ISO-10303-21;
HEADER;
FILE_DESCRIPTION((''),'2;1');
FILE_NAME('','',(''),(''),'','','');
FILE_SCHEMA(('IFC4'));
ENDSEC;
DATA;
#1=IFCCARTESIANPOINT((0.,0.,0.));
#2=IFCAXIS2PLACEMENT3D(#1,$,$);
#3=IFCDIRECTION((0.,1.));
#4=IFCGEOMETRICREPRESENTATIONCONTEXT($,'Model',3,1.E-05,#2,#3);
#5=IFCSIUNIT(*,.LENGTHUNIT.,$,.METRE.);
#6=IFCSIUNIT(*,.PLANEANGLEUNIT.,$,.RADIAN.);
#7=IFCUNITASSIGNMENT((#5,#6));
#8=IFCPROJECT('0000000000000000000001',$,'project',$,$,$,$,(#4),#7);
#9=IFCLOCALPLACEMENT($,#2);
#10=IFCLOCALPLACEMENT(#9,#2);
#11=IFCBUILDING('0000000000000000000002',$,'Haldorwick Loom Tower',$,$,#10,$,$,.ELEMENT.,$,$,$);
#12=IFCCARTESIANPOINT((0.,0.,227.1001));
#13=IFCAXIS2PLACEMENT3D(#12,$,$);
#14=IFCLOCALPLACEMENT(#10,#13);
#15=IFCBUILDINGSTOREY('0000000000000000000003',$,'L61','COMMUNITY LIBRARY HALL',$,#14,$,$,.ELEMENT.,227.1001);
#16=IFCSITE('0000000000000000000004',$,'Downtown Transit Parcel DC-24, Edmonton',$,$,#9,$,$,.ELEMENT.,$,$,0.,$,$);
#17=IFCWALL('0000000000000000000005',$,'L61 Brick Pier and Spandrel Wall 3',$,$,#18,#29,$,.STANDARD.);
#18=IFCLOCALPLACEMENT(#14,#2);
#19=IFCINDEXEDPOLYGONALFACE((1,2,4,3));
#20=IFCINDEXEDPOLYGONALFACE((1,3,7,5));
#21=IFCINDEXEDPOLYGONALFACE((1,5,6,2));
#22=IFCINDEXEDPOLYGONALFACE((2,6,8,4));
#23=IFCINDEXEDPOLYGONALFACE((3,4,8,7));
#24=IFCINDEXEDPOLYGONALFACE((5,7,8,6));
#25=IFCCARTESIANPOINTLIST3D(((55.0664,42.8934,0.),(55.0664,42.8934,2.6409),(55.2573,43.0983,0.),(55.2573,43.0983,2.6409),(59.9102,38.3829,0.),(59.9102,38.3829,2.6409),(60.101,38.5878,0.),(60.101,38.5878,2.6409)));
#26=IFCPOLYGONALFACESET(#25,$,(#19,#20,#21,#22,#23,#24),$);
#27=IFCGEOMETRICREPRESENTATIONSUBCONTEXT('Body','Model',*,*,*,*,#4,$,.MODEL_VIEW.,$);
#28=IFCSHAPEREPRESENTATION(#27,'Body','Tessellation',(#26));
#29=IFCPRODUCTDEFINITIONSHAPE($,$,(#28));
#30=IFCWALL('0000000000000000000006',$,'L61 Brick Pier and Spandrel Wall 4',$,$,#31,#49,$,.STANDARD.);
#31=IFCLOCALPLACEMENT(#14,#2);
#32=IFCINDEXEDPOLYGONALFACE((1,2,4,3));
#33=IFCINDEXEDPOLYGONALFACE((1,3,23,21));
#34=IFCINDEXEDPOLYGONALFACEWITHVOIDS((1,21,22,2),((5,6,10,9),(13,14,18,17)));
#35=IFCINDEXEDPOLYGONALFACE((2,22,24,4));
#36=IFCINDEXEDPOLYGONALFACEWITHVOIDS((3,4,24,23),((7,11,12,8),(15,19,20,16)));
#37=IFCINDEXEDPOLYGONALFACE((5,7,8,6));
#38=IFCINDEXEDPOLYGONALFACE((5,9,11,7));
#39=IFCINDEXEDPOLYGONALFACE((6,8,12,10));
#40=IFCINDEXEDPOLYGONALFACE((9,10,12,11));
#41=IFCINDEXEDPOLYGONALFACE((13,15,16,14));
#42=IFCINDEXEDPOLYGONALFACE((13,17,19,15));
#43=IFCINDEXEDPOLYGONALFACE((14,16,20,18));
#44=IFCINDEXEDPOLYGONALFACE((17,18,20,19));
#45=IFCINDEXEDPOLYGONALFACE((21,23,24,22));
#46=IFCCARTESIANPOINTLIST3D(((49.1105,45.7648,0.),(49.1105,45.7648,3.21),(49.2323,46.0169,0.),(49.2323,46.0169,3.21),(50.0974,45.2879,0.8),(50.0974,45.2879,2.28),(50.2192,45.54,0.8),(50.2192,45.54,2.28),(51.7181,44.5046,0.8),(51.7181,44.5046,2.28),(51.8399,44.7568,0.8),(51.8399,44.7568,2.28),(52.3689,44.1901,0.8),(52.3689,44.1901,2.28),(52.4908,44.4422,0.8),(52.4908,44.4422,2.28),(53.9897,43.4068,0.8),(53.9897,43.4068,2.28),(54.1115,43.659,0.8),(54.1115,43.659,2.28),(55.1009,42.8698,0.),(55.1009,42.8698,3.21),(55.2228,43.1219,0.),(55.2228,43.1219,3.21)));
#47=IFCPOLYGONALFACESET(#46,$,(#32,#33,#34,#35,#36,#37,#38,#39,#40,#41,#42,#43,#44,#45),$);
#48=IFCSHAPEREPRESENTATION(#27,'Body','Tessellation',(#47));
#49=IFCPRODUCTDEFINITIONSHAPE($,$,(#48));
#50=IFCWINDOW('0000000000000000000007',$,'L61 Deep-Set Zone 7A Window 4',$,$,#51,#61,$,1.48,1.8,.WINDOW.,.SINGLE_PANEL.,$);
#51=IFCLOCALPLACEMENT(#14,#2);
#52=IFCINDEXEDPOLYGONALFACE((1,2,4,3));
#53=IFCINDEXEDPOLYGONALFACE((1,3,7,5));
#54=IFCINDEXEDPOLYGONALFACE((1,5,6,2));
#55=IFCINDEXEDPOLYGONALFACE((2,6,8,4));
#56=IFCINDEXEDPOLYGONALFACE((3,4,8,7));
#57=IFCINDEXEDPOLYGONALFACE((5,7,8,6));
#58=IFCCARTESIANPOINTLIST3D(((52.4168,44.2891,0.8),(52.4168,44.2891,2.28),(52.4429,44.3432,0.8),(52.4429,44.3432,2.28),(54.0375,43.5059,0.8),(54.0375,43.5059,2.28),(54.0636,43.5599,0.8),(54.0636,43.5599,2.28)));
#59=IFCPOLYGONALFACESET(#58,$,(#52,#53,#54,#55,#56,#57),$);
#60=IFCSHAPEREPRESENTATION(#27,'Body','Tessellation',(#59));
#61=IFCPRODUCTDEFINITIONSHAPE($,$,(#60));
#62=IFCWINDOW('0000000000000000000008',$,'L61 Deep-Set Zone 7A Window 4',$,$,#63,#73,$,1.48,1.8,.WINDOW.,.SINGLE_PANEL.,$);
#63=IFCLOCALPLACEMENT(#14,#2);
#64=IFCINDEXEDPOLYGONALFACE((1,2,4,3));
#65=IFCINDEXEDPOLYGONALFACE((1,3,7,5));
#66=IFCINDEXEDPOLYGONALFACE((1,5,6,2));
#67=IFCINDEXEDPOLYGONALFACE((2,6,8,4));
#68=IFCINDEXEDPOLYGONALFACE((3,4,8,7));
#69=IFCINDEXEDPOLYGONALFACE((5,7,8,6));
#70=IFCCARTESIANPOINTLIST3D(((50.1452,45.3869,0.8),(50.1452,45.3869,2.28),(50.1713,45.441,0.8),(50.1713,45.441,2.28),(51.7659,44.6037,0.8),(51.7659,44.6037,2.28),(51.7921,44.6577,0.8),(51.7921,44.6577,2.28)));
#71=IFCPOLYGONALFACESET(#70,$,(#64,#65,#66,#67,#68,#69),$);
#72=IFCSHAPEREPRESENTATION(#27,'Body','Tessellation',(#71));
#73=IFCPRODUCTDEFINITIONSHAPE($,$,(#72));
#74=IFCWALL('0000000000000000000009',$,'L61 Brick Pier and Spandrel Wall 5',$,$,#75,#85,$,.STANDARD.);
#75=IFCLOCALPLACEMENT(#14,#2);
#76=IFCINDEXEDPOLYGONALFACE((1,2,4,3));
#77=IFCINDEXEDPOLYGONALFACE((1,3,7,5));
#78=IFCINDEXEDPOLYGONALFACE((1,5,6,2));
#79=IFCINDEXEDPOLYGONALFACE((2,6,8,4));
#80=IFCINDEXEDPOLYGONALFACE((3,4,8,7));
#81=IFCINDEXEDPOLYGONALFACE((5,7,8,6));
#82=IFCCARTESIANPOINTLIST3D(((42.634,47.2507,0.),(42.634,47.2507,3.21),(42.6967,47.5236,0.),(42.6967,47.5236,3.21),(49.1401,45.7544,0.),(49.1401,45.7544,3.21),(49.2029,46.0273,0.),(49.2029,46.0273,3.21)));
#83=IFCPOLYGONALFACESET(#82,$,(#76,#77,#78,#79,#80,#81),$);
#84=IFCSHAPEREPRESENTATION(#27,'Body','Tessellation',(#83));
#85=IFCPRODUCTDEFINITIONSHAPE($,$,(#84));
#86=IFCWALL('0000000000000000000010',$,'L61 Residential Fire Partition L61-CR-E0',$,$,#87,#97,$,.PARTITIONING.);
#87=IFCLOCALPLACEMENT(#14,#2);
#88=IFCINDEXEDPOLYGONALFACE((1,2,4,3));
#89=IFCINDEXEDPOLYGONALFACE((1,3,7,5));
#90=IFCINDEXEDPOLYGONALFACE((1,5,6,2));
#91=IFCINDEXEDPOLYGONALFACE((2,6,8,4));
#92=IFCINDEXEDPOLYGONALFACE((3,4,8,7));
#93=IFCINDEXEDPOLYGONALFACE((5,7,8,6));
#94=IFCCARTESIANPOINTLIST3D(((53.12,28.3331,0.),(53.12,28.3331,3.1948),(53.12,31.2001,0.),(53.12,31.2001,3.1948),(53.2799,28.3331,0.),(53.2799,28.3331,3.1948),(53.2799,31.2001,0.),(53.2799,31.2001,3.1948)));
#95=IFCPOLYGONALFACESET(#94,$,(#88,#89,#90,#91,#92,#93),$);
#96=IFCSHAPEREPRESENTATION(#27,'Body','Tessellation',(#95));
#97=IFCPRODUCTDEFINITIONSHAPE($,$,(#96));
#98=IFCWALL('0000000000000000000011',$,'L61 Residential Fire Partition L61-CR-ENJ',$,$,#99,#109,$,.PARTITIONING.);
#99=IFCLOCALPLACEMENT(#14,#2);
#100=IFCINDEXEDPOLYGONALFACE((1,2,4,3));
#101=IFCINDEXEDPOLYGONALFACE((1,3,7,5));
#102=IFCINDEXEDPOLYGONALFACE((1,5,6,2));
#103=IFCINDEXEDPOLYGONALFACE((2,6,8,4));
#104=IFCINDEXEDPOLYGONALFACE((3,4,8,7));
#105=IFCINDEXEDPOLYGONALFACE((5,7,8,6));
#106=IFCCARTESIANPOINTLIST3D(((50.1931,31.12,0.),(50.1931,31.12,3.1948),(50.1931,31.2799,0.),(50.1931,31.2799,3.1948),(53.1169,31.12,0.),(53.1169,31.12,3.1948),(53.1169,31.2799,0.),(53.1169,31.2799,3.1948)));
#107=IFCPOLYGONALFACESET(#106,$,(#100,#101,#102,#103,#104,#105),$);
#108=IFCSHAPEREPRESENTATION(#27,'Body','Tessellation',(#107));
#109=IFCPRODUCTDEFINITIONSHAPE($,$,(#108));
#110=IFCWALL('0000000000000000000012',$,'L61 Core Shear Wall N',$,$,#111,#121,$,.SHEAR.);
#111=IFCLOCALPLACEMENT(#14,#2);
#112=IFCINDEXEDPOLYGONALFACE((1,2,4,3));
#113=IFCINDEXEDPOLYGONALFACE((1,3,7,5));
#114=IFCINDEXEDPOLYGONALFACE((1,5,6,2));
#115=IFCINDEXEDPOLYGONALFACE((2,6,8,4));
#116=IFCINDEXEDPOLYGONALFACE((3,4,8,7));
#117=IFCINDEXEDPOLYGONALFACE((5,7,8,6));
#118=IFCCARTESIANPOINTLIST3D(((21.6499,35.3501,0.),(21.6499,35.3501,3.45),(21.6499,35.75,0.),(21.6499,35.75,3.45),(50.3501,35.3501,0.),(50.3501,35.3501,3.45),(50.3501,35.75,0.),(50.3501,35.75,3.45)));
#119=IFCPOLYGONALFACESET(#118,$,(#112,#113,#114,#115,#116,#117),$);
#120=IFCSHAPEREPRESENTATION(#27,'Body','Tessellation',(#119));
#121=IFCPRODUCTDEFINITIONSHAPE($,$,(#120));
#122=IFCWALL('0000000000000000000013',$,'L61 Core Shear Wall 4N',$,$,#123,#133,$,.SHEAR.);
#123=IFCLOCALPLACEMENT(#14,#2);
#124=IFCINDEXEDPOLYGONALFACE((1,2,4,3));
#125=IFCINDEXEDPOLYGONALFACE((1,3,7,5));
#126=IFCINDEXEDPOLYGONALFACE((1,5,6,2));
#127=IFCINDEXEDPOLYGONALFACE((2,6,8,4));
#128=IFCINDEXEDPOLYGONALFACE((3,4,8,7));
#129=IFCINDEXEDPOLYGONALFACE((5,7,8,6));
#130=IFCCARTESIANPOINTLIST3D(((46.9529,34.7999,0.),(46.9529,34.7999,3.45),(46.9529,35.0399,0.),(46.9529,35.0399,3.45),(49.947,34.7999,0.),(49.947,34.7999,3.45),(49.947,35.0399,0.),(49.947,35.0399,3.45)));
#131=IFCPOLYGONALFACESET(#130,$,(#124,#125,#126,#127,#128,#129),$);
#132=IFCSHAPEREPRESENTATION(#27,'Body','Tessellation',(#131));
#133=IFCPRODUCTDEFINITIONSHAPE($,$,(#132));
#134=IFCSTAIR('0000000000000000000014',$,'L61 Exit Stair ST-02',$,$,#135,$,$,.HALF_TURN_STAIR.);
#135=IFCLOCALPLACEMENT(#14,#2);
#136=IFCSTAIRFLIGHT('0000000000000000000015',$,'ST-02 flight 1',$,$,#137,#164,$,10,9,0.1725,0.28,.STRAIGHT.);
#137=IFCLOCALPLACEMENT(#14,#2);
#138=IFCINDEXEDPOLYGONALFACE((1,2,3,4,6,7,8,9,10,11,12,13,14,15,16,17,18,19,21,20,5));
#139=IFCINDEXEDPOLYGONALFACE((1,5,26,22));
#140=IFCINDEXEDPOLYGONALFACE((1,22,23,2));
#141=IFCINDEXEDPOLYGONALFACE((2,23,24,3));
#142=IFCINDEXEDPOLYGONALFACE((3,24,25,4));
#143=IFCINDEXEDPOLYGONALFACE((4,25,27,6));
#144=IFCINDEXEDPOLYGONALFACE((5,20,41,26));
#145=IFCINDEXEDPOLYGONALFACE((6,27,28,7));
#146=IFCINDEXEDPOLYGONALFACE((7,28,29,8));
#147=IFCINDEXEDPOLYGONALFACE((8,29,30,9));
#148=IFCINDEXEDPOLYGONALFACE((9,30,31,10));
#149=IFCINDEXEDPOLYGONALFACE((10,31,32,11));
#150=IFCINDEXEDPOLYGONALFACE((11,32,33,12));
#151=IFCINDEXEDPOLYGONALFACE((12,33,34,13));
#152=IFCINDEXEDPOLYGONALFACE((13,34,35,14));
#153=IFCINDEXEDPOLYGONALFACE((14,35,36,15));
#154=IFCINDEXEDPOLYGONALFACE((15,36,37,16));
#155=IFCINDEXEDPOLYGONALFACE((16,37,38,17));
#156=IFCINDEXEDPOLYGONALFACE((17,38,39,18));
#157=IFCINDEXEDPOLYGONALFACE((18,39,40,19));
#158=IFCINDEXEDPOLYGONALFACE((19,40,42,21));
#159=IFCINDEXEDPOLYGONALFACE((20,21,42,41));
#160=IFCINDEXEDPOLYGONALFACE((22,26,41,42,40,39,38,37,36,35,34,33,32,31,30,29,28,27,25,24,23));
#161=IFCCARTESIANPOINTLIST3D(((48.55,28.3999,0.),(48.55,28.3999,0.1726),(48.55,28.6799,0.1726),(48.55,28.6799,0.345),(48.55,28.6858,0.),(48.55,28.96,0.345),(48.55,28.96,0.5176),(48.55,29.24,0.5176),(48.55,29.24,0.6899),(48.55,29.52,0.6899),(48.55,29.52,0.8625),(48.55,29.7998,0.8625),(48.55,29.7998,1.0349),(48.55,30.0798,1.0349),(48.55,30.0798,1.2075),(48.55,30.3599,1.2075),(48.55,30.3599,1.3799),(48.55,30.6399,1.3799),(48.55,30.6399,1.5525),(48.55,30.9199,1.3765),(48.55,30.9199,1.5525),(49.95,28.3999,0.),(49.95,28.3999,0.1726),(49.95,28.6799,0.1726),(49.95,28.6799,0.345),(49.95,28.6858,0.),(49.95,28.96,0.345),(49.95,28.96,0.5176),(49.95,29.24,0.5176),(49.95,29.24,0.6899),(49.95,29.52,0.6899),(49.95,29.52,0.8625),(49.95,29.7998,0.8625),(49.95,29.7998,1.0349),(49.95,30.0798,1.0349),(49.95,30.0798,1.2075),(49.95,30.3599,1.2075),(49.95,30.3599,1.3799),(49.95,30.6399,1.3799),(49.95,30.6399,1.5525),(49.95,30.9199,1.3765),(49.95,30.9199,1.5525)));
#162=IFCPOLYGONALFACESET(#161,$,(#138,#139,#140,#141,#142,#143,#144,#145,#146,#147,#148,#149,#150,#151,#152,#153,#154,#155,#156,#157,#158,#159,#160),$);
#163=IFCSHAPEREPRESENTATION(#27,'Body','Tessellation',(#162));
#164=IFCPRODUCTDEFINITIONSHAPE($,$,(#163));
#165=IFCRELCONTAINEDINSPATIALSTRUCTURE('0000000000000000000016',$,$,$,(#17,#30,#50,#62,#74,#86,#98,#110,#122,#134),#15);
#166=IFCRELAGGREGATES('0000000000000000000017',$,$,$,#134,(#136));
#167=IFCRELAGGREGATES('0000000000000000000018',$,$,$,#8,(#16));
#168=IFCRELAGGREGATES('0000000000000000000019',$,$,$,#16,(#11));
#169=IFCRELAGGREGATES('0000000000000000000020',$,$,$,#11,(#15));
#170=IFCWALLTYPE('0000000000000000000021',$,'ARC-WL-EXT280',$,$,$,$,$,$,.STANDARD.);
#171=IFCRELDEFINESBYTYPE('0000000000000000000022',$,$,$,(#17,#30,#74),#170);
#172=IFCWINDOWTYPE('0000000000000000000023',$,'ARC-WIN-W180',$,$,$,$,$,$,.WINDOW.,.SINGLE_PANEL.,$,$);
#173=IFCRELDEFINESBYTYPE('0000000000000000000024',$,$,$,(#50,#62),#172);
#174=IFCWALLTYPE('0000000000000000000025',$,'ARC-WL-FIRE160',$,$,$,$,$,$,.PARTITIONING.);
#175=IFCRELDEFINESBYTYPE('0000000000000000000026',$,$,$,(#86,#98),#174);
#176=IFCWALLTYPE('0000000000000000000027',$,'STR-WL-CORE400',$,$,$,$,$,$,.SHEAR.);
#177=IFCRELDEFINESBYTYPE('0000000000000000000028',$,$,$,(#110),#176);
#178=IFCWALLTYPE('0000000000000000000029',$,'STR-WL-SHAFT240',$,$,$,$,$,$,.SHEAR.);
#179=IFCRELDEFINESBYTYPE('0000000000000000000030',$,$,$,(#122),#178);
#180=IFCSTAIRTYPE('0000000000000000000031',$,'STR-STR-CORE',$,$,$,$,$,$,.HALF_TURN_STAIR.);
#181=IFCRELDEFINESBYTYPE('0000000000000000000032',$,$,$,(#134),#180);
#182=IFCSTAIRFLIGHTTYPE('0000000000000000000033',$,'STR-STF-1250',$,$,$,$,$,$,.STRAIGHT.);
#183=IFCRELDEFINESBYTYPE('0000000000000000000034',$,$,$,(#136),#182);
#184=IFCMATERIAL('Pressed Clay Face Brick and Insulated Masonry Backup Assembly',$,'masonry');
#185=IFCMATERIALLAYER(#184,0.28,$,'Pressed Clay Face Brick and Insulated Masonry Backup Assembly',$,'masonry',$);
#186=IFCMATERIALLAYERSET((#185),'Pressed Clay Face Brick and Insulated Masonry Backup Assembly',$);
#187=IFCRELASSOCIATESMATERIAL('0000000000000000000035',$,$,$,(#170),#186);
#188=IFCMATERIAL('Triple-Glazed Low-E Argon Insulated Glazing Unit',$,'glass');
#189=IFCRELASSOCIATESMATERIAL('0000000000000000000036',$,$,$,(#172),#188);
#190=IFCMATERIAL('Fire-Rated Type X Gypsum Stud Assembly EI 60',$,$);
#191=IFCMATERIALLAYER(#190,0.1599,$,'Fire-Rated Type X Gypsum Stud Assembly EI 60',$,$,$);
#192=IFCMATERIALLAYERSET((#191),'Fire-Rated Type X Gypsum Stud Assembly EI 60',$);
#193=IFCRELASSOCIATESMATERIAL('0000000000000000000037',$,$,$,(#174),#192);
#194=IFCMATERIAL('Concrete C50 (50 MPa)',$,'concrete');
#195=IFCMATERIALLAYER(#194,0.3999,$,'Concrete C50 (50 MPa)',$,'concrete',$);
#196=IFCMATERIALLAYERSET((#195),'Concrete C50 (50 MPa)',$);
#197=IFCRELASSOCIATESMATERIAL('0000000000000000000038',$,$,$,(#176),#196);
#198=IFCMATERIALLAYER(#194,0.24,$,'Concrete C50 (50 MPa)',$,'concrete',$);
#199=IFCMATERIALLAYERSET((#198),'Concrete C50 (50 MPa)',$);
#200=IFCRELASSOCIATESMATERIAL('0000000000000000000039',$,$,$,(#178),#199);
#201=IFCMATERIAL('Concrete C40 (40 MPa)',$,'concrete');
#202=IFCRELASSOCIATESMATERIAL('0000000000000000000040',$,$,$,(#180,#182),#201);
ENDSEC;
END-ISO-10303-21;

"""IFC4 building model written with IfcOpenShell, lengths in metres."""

from ifc_helpers import new_model, si_unit, direction, frame, frame_2d, origin, place, context, subcontext, project, spatial, polyline, rectangle, outline, extrude, material, layer, layer_set, type_object, element, fill, aggregate, save


model = new_model("IFC4")

# Units and contexts
model_context = context("Model", 3, precision=1e-05, world=origin(), true_north=direction((0.0, 1.0)))
body_context = subcontext(model_context, "Body", "Model", "MODEL_VIEW")
ifc_project = project(units=[si_unit("LENGTHUNIT", "METRE"), si_unit("PLANEANGLEUNIT", "RADIAN")], contexts=[model_context])

# Site, building, storey
site_placement = place(None, origin())
site = spatial("IfcSite", under=ifc_project, at=site_placement, Name="Downtown Transit Parcel DC-24, Edmonton", CompositionType="ELEMENT", RefElevation=0.0)
building_placement = place(site_placement, origin())
building = spatial("IfcBuilding", under=site, at=building_placement, Name="Haldorwick Loom Tower", CompositionType="ELEMENT")
storey_placement = place(building_placement, frame((0.0, 0.0, 227.1001)))
storey = spatial("IfcBuildingStorey", under=building, at=storey_placement, Name="L61", Description="COMMUNITY LIBRARY HALL", CompositionType="ELEMENT", Elevation=227.1001)

# Wall
ifc_material_1 = material(Name="Pressed Clay Face Brick and Insulated Masonry Backup Assembly", Category="masonry")
ifc_layer_1 = layer(ifc_material_1, 0.28, Name="Pressed Clay Face Brick and Insulated Masonry Backup Assembly", Category="masonry")
ifc_layer_set_1 = layer_set([ifc_layer_1], Name="Pressed Clay Face Brick and Insulated Masonry Backup Assembly")
wall_type_1 = type_object("IfcWallType", Name="ARC-WL-EXT280", PredefinedType="STANDARD", material=ifc_layer_set_1)
wall_1_placement = place(storey_placement, frame((60.0056, 38.4854, 0.0), z_axis=(0.0, 0.0, 1.0), x_axis=(-0.731834, 0.681483, 0.0)))
element("IfcWall", 1, at=wall_1_placement, inside=storey, type_object=wall_type_1, Name="L61 Brick Pier and Spandrel Wall 3", PredefinedType="STANDARD", context=body_context, shape_type="SweptSolid", body=[
    extrude(rectangle(XDim=6.6187, YDim=0.28, at=frame_2d((3.3093, 0.0))), origin(), (0.0, 0.0, 1.0), 2.6409),
])

# Wall, openings, windows
wall_2_placement = place(storey_placement, frame((55.1619, 42.9958, 0.0), z_axis=(0.0, 0.0, 1.0), x_axis=(-0.900371, 0.435123, 0.0)))
wall_2 = element("IfcWall", 2, at=wall_2_placement, inside=storey, type_object=wall_type_1, Name="L61 Brick Pier and Spandrel Wall 4", PredefinedType="STANDARD", context=body_context, shape_type="SweptSolid", body=[
    extrude(rectangle(XDim=6.6533, YDim=0.28, at=frame_2d((3.3267, 0.0))), origin(), (0.0, 0.0, 1.0), 3.21),
])
opening_1_placement = place(wall_2_placement, frame((1.2344, 0.0, 0.8)))
opening_1 = element("IfcOpeningElement", 3, at=opening_1_placement, cuts=wall_2, PredefinedType="OPENING", context=body_context, shape_type="SweptSolid", body=[
    extrude(rectangle(XDim=1.8, YDim=1.48, at=frame_2d((0.8999, 0.74))), frame((0.0, 0.1499, 0.0), z_axis=(0.0, -1.0, 0.0), x_axis=(1.0, 0.0, 0.0)), (0.0, 0.0, 1.0), 0.3),
])
opening_2_placement = place(wall_2_placement, frame((3.7573, 0.0, 0.8)))
opening_2 = element("IfcOpeningElement", 4, at=opening_2_placement, cuts=wall_2, PredefinedType="OPENING", context=body_context, shape_type="SweptSolid", body=[
    extrude(rectangle(XDim=1.8, YDim=1.48, at=frame_2d((0.8999, 0.74))), frame((0.0, 0.1499, 0.0), z_axis=(0.0, -1.0, 0.0), x_axis=(1.0, 0.0, 0.0)), (0.0, 0.0, 1.0), 0.3),
])
ifc_material_2 = material(Name="Triple-Glazed Low-E Argon Insulated Glazing Unit", Category="glass")
window_type = type_object("IfcWindowType", Name="ARC-WIN-W180", PartitioningType="SINGLE_PANEL", PredefinedType="WINDOW", material=ifc_material_2)
window_1_placement = place(opening_1_placement, origin())
window_1 = element("IfcWindow", 5, at=window_1_placement, inside=storey, type_object=window_type, Name="L61 Deep-Set Zone 7A Window 4", OverallHeight=1.48, OverallWidth=1.8, PartitioningType="SINGLE_PANEL", PredefinedType="WINDOW", context=body_context, shape_type="SweptSolid", body=[
    extrude(rectangle(XDim=1.8, YDim=1.48, at=frame_2d((0.8999, 0.74))), frame((0.0, 0.03, 0.0), z_axis=(0.0, -1.0, 0.0), x_axis=(1.0, 0.0, 0.0)), (0.0, 0.0, 1.0), 0.0601),
])
fill(opening_1, window_1)
window_2_placement = place(opening_2_placement, origin())
window_2 = element("IfcWindow", 6, at=window_2_placement, inside=storey, type_object=window_type, Name="L61 Deep-Set Zone 7A Window 4", OverallHeight=1.48, OverallWidth=1.8, PartitioningType="SINGLE_PANEL", PredefinedType="WINDOW", context=body_context, shape_type="SweptSolid", body=[
    extrude(rectangle(XDim=1.8, YDim=1.48, at=frame_2d((0.8999, 0.74))), frame((0.0, 0.03, 0.0), z_axis=(0.0, -1.0, 0.0), x_axis=(1.0, 0.0, 0.0)), (0.0, 0.0, 1.0), 0.0601),
])
fill(opening_2, window_2)

# Walls
wall_3_placement = place(storey_placement, frame((49.1714, 45.8909, 0.0), z_axis=(0.0, 0.0, 1.0), x_axis=(-0.974557, 0.224138, 0.0)))
element("IfcWall", 7, at=wall_3_placement, inside=storey, type_object=wall_type_1, Name="L61 Brick Pier and Spandrel Wall 5", PredefinedType="STANDARD", context=body_context, shape_type="SweptSolid", body=[
    extrude(rectangle(XDim=6.676, YDim=0.28, at=frame_2d((3.3379, 0.0))), origin(), (0.0, 0.0, 1.0), 3.21),
])
ifc_material_3 = material(Name="Fire-Rated Type X Gypsum Stud Assembly EI 60")
ifc_layer_2 = layer(ifc_material_3, 0.1599, Name="Fire-Rated Type X Gypsum Stud Assembly EI 60")
ifc_layer_set_2 = layer_set([ifc_layer_2], Name="Fire-Rated Type X Gypsum Stud Assembly EI 60")
wall_type_2 = type_object("IfcWallType", Name="ARC-WL-FIRE160", PredefinedType="PARTITIONING", material=ifc_layer_set_2)
wall_4_placement = place(storey_placement, frame((53.2, 28.333, 0.0), z_axis=(0.0, 0.0, 1.0), x_axis=(0.0, 1.0, 0.0)))
element("IfcWall", 8, at=wall_4_placement, inside=storey, type_object=wall_type_2, Name="L61 Residential Fire Partition L61-CR-E0", PredefinedType="PARTITIONING", context=body_context, shape_type="SweptSolid", body=[
    extrude(rectangle(XDim=2.8669, YDim=0.1599, at=frame_2d((1.4336, 0.0))), origin(), (0.0, 0.0, 1.0), 3.1948),
])
wall_5_placement = place(storey_placement, frame((50.1931, 31.2, 0.0), z_axis=(0.0, 0.0, 1.0), x_axis=(1.0, 0.0, 0.0)))
element("IfcWall", 9, at=wall_5_placement, inside=storey, type_object=wall_type_2, Name="L61 Residential Fire Partition L61-CR-ENJ", PredefinedType="PARTITIONING", context=body_context, shape_type="SweptSolid", body=[
    extrude(rectangle(XDim=2.9238, YDim=0.1599, at=frame_2d((1.4619, 0.0))), origin(), (0.0, 0.0, 1.0), 3.1948),
])
ifc_material_4 = material(Name="Concrete C50 (50 MPa)", Category="concrete")
ifc_layer_3 = layer(ifc_material_4, 0.3999, Name="Concrete C50 (50 MPa)", Category="concrete")
ifc_layer_set_3 = layer_set([ifc_layer_3], Name="Concrete C50 (50 MPa)")
wall_type_3 = type_object("IfcWallType", Name="STR-WL-CORE400", PredefinedType="SHEAR", material=ifc_layer_set_3)
wall_6_placement = place(storey_placement, frame((50.3501, 35.55, 0.0), z_axis=(0.0, 0.0, 1.0), x_axis=(-1.0, 0.0, 0.0)))
element("IfcWall", 10, at=wall_6_placement, inside=storey, type_object=wall_type_3, Name="L61 Core Shear Wall N", PredefinedType="SHEAR", context=body_context, shape_type="SweptSolid", body=[
    extrude(rectangle(XDim=28.7002, YDim=0.3999, at=frame_2d((14.3501, 0.0))), origin(), (0.0, 0.0, 1.0), 3.45),
])
ifc_layer_4 = layer(ifc_material_4, 0.24, Name="Concrete C50 (50 MPa)", Category="concrete")
ifc_layer_set_4 = layer_set([ifc_layer_4], Name="Concrete C50 (50 MPa)")
wall_type_4 = type_object("IfcWallType", Name="STR-WL-SHAFT240", PredefinedType="SHEAR", material=ifc_layer_set_4)
wall_7_placement = place(storey_placement, frame((46.9529, 34.9199, 0.0), z_axis=(0.0, 0.0, 1.0), x_axis=(1.0, 0.0, 0.0)))
element("IfcWall", 11, at=wall_7_placement, inside=storey, type_object=wall_type_4, Name="L61 Core Shear Wall 4N", PredefinedType="SHEAR", context=body_context, shape_type="SweptSolid", body=[
    extrude(rectangle(XDim=2.9941, YDim=0.24, at=frame_2d((1.4971, 0.0))), origin(), (0.0, 0.0, 1.0), 3.45),
])

# Stair, stair flight
ifc_material_5 = material(Name="Concrete C40 (40 MPa)", Category="concrete")
stair_type = type_object("IfcStairType", Name="STR-STR-CORE", PredefinedType="HALF_TURN_STAIR", material=ifc_material_5)
stair_placement = place(storey_placement, origin())
stair = element("IfcStair", 12, at=stair_placement, inside=storey, type_object=stair_type, Name="L61 Exit Stair ST-02", PredefinedType="HALF_TURN_STAIR")
stair_flight_type = type_object("IfcStairFlightType", Name="STR-STF-1250", PredefinedType="STRAIGHT", material=ifc_material_5)
stair_flight_1_placement = place(storey_placement, frame((49.25, 28.3999, 0.0), z_axis=(0.0, 0.0, 1.0), x_axis=(0.0, 1.0, 0.0)))
stair_flight_1 = element("IfcStairFlight", 13, at=stair_flight_1_placement, type_object=stair_flight_type, Name="ST-02 flight 1", NumberOfRisers=10, NumberOfTreads=9, PredefinedType="STRAIGHT", RiserHeight=0.1725, TreadLength=0.28, context=body_context, shape_type="SweptSolid", body=[
    extrude(outline(polyline([(0.0, 0.0), (0.0, 0.1726), (0.28, 0.1726), (0.28, 0.345), (0.5601, 0.345), (0.5601, 0.5176), (0.8401, 0.5176), (0.8401, 0.6899), (1.1201, 0.6899), (1.1201, 0.8625), (1.3999, 0.8625), (1.3999, 1.0349), (1.6799, 1.0349), (1.6799, 1.2075), (1.96, 1.2075), (1.96, 1.3799), (2.24, 1.3799), (2.24, 1.5525), (2.52, 1.5525), (2.52, 1.7251), (2.52, 1.3765), (0.2859, 0.0), (0.0, 0.0)])), frame((0.0, 0.7, 0.0), z_axis=(0.0, -1.0, 0.0), x_axis=(1.0, 0.0, 0.0)), (0.0, 0.0, 1.0), 1.3999),
])
aggregate(stair, [stair_flight_1])

save(model, "model.ifc")
